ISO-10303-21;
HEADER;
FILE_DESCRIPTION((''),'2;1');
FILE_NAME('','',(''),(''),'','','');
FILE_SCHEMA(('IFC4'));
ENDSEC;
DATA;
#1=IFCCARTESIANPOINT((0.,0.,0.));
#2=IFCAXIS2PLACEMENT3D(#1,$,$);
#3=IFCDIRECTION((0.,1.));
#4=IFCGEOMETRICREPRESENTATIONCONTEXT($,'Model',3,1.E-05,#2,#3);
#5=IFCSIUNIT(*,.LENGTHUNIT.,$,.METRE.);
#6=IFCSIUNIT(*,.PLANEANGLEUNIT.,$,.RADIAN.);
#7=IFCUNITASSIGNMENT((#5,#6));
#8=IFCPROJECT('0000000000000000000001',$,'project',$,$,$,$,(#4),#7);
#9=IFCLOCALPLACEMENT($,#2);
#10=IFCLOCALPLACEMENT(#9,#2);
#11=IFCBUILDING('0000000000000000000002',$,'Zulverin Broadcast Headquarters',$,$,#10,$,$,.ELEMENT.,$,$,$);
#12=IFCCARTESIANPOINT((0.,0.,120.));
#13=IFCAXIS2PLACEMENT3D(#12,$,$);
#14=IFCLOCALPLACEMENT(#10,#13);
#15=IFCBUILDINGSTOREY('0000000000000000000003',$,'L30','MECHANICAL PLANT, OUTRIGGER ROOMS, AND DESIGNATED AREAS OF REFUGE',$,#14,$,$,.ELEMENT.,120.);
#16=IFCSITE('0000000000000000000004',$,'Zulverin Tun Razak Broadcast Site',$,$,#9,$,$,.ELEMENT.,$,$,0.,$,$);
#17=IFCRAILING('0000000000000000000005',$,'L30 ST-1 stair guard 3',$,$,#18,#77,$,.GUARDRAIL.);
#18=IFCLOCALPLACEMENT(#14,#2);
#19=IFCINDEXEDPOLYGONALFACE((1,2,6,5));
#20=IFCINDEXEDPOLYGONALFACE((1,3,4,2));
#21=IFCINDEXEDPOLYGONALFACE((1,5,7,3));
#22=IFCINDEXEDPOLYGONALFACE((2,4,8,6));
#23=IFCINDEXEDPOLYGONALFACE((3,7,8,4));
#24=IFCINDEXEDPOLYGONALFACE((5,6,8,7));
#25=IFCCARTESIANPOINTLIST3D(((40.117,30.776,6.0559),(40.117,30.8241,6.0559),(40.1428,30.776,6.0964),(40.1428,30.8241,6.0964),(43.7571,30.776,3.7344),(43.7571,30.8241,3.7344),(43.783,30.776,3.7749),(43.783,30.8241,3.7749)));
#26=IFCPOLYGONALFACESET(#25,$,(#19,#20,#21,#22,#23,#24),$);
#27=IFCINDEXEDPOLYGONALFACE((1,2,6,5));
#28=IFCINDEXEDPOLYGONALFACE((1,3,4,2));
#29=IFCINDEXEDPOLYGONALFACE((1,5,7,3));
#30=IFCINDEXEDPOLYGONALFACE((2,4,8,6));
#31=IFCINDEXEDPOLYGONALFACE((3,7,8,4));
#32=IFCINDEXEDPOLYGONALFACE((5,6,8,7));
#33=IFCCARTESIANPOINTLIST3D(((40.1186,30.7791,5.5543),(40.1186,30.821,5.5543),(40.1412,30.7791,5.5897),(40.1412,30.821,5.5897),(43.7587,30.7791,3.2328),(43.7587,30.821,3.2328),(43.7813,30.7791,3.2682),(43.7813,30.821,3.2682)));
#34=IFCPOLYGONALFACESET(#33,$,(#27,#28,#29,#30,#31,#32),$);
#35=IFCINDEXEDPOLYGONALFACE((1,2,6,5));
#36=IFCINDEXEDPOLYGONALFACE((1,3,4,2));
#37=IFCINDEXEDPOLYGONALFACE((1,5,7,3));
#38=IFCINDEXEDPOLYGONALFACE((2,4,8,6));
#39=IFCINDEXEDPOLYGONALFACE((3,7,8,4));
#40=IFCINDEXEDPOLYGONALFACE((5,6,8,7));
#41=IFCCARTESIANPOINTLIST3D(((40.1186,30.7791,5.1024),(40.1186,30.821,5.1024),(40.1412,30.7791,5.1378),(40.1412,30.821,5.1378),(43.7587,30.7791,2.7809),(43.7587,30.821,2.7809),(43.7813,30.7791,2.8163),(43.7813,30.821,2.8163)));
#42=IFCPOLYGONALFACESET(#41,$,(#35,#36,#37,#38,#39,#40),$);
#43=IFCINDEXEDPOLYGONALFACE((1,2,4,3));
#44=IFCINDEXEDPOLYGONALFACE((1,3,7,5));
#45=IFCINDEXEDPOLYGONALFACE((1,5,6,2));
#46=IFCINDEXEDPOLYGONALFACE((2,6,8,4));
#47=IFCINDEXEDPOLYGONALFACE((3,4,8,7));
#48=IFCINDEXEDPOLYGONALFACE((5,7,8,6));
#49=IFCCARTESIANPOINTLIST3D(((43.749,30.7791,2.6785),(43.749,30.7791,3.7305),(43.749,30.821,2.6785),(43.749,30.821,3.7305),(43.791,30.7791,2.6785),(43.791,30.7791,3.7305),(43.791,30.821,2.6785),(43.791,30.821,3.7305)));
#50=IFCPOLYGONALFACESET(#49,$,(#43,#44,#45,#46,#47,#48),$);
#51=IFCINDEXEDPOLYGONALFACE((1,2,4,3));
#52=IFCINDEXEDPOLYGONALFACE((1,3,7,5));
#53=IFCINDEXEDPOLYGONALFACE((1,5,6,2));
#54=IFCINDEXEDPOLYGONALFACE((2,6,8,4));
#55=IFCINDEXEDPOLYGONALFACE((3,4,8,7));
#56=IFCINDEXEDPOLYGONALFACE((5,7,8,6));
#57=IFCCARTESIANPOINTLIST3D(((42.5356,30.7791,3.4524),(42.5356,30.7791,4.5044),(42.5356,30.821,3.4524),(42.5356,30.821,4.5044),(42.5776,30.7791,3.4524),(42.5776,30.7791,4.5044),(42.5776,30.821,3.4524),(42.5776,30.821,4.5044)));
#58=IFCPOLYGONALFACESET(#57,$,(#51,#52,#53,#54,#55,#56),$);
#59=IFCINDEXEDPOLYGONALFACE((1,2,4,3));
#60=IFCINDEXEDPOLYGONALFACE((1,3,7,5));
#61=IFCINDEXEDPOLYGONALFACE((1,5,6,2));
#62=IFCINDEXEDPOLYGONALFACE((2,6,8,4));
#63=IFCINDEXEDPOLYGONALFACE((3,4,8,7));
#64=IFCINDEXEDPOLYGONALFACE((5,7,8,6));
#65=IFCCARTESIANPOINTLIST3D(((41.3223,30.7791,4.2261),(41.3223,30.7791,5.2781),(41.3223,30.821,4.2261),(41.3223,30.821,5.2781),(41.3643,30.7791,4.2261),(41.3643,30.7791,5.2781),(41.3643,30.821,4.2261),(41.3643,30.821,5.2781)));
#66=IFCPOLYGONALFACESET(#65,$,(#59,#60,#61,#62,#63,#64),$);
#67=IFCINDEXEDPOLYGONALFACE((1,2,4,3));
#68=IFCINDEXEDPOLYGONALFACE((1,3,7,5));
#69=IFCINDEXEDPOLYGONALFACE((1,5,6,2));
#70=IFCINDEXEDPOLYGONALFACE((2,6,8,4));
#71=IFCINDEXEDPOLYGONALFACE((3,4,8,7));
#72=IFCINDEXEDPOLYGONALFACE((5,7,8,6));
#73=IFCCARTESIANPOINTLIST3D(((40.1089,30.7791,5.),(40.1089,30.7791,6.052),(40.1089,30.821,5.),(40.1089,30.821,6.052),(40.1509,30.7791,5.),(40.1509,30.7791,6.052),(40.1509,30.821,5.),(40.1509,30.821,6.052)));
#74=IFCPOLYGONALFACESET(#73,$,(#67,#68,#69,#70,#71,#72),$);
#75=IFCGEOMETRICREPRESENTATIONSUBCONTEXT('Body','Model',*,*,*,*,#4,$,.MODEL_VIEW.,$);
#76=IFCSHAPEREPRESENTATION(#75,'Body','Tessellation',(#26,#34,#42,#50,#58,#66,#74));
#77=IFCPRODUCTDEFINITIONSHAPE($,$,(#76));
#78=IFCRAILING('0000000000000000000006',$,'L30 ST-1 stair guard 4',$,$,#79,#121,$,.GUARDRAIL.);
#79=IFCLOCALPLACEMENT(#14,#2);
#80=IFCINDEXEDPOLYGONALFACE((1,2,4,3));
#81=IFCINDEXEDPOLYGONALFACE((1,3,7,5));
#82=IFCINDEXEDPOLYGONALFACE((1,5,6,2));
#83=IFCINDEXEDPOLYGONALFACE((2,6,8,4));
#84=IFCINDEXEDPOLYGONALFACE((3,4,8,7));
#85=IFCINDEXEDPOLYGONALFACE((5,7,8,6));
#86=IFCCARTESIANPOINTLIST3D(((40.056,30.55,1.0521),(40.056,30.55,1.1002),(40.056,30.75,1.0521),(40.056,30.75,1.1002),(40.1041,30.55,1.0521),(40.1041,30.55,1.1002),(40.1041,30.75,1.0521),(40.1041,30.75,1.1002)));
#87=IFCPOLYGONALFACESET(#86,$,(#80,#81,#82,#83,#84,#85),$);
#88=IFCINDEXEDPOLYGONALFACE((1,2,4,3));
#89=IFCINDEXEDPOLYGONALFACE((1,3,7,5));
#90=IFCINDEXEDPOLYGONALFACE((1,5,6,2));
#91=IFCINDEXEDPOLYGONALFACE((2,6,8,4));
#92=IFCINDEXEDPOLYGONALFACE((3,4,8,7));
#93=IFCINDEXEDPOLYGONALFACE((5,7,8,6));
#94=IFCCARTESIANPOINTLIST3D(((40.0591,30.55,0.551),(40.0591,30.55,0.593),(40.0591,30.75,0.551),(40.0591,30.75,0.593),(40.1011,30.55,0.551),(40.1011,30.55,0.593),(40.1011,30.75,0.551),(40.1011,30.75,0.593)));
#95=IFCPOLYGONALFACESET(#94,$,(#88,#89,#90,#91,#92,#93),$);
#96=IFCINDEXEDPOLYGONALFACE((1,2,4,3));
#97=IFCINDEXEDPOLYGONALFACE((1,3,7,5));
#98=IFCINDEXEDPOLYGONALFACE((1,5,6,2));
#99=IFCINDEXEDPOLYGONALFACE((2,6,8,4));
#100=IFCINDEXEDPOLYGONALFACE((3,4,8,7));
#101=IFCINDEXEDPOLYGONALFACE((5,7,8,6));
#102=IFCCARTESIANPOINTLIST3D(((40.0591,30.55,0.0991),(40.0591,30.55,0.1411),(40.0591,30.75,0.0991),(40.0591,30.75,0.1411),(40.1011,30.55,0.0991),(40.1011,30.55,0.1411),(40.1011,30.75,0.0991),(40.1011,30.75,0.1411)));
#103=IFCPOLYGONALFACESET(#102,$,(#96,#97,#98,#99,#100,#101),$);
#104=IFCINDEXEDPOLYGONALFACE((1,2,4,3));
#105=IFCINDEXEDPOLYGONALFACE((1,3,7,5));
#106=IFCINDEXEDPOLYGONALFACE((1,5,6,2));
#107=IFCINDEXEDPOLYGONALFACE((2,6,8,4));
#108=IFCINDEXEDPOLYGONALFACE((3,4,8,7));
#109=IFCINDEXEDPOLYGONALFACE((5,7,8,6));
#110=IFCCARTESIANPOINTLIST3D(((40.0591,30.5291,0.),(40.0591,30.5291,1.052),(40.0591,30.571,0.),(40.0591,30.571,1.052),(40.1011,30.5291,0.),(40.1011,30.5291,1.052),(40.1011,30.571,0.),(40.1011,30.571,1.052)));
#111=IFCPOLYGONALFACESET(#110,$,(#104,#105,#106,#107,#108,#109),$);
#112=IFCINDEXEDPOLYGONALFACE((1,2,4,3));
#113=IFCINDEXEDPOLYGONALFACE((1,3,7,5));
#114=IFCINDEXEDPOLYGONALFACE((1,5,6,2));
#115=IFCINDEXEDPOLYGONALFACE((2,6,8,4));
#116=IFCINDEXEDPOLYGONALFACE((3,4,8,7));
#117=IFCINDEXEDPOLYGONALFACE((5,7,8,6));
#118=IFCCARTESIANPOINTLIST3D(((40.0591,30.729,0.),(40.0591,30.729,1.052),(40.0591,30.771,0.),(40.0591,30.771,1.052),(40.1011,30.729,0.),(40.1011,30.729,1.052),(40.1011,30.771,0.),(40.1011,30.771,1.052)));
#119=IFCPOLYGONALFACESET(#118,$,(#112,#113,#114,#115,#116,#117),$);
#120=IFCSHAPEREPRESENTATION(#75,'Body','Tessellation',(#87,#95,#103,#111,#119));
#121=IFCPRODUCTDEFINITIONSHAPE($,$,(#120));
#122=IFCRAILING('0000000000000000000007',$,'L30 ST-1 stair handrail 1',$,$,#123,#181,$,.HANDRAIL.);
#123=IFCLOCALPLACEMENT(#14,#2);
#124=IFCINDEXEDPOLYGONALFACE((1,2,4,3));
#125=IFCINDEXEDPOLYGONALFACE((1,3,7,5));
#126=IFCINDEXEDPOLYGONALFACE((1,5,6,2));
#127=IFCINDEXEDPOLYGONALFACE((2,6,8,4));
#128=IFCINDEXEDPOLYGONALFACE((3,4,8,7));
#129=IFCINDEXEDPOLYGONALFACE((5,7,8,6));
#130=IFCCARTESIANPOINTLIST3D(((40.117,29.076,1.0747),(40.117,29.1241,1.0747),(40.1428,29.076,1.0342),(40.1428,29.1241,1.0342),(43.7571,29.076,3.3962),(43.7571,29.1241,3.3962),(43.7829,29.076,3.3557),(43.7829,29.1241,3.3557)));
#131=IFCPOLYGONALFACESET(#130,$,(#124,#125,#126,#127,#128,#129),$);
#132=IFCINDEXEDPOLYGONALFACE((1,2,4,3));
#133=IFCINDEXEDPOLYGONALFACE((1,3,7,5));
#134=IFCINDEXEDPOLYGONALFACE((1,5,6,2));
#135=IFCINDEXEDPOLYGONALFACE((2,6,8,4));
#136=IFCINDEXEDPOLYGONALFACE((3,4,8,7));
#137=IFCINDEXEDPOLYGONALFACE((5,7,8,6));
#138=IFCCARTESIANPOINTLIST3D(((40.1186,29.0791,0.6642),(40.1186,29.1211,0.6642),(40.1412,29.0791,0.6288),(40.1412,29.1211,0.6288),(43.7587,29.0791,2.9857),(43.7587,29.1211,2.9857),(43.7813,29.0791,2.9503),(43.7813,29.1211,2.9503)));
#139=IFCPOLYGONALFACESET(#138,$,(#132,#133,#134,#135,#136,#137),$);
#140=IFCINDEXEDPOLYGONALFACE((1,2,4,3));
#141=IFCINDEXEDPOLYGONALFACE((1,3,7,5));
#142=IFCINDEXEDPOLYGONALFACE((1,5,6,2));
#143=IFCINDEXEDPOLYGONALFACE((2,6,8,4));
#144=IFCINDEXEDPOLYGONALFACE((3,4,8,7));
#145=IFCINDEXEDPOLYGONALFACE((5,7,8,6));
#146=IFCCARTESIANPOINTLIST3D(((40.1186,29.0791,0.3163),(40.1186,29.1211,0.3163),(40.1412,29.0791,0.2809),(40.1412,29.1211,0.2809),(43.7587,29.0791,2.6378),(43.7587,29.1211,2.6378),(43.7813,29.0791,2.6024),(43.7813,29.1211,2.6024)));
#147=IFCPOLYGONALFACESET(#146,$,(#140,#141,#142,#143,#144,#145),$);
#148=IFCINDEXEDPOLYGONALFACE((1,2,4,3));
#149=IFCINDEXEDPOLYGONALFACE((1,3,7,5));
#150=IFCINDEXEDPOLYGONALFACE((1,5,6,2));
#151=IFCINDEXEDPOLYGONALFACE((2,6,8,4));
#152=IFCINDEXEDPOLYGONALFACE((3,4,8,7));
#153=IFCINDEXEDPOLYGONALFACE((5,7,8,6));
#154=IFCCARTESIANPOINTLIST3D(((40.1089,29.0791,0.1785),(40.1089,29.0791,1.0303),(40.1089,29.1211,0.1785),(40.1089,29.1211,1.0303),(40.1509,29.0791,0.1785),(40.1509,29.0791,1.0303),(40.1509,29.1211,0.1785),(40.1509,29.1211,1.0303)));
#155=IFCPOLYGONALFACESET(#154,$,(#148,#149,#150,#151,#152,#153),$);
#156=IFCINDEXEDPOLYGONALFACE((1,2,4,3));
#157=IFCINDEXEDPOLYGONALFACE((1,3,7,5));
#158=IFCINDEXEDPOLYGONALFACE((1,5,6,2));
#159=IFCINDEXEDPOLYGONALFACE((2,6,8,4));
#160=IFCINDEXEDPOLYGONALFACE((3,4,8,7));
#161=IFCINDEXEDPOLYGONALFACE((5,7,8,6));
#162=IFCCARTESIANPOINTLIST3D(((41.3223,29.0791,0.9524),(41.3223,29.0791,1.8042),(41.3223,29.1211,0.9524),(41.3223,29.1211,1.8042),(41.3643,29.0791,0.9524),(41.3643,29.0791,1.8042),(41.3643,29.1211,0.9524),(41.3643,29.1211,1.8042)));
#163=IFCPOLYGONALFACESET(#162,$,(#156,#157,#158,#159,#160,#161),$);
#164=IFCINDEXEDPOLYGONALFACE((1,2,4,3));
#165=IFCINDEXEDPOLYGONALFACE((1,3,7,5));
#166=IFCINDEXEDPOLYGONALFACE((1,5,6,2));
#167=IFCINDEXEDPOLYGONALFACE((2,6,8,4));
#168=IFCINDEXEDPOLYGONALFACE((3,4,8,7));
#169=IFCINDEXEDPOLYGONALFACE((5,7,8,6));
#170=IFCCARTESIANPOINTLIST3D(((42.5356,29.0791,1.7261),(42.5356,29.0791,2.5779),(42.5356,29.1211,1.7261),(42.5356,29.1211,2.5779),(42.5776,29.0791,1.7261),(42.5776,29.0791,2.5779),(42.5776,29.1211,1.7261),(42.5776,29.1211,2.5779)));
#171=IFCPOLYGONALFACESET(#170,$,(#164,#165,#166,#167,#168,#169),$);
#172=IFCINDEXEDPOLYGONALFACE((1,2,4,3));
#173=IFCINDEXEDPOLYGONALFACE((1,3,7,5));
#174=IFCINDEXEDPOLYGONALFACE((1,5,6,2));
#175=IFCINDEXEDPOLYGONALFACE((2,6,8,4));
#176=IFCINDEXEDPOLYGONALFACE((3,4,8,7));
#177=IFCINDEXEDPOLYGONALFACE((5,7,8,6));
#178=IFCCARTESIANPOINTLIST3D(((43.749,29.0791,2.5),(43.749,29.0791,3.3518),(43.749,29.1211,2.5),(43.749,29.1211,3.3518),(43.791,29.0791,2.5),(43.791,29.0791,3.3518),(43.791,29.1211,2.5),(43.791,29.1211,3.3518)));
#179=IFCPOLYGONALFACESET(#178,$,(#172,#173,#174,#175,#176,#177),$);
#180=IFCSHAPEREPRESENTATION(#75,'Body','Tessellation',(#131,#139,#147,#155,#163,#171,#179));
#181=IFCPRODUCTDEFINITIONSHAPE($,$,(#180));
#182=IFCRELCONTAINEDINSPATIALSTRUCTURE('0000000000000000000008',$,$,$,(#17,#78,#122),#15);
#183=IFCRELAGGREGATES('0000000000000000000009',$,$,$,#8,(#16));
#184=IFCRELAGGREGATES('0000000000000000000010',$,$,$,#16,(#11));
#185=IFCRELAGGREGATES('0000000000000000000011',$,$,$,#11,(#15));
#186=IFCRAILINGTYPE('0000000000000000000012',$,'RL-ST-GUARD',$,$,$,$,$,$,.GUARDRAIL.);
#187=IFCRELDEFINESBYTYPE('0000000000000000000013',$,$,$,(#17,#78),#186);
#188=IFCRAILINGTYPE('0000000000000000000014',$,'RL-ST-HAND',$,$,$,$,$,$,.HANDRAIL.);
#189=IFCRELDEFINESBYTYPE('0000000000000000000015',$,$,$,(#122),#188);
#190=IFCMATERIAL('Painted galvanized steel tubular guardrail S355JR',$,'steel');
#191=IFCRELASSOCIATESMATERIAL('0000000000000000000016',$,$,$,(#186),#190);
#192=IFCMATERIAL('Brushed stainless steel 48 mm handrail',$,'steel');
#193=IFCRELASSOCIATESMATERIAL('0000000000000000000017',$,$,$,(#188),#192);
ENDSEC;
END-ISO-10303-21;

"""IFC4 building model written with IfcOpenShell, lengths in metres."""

from ifc_helpers import new_model, si_unit, direction, frame, origin, origin_2d, place, context, subcontext, project, spatial, rectangle, extrude, material, type_object, element, save


model = new_model("IFC4")

# Units and contexts
model_context = context("Model", 3, precision=1e-05, world=origin(), true_north=direction((0.0, 1.0)))
body_context = subcontext(model_context, "Body", "Model", "MODEL_VIEW")
ifc_project = project(units=[si_unit("LENGTHUNIT", "METRE"), si_unit("PLANEANGLEUNIT", "RADIAN")], contexts=[model_context])

# Site, building, storey
site_placement = place(None, origin())
site = spatial("IfcSite", under=ifc_project, at=site_placement, Name="Zulverin Tun Razak Broadcast Site", CompositionType="ELEMENT", RefElevation=0.0)
building_placement = place(site_placement, origin())
building = spatial("IfcBuilding", under=site, at=building_placement, Name="Zulverin Broadcast Headquarters", CompositionType="ELEMENT")
storey_placement = place(building_placement, frame((0.0, 0.0, 120.0)))
storey = spatial("IfcBuildingStorey", under=building, at=storey_placement, Name="L30", Description="MECHANICAL PLANT, OUTRIGGER ROOMS, AND DESIGNATED AREAS OF REFUGE", CompositionType="ELEMENT", Elevation=120.0)

# Railings
ifc_material_1 = material(Name="Painted galvanized steel tubular guardrail S355JR", Category="steel")
railing_type_1 = type_object("IfcRailingType", Name="RL-ST-GUARD", PredefinedType="GUARDRAIL", material=ifc_material_1)
railing_1_placement = place(storey_placement, frame((43.77, 30.8, 2.6785)))
element("IfcRailing", 1, at=railing_1_placement, inside=storey, type_object=railing_type_1, Name="L30 ST-1 stair guard 3", PredefinedType="GUARDRAIL", context=body_context, shape_type="SweptSolid", body=[
    extrude(rectangle(XDim=0.0481, YDim=0.0481, at=origin_2d()), frame((0.0, 0.0, 1.0762), z_axis=(-0.843128, 0.0, 0.537713), x_axis=(0.0, -1.0, 0.0)), (0.0, 0.0, 1.0), 4.3174),
    extrude(rectangle(XDim=0.042, YDim=0.042, at=origin_2d()), frame((0.0, 0.0, 0.572), z_axis=(-0.843128, 0.0, 0.537713), x_axis=(0.0, -1.0, 0.0)), (0.0, 0.0, 1.0), 4.3174),
    extrude(rectangle(XDim=0.042, YDim=0.042, at=origin_2d()), frame((0.0, 0.0, 0.1201), z_axis=(-0.843128, 0.0, 0.537713), x_axis=(0.0, -1.0, 0.0)), (0.0, 0.0, 1.0), 4.3174),
    extrude(rectangle(XDim=0.042, YDim=0.042, at=origin_2d()), origin(), (0.0, 0.0, 1.0), 1.052),
    extrude(rectangle(XDim=0.042, YDim=0.042, at=origin_2d()), frame((-1.2134, 0.0, 0.7739)), (0.0, 0.0, 1.0), 1.052),
    extrude(rectangle(XDim=0.042, YDim=0.042, at=origin_2d()), frame((-2.4268, 0.0, 1.5476)), (0.0, 0.0, 1.0), 1.052),
    extrude(rectangle(XDim=0.042, YDim=0.042, at=origin_2d()), frame((-3.6401, 0.0, 2.3215)), (0.0, 0.0, 1.0), 1.052),
])
railing_2_placement = place(storey_placement, frame((40.0801, 30.55, 0.0)))
element("IfcRailing", 2, at=railing_2_placement, inside=storey, type_object=railing_type_1, Name="L30 ST-1 stair guard 4", PredefinedType="GUARDRAIL", context=body_context, shape_type="SweptSolid", body=[
    extrude(rectangle(XDim=0.0481, YDim=0.0481, at=origin_2d()), frame((0.0, 0.0, 1.0762), z_axis=(0.0, 1.0, 0.0), x_axis=(-1.0, 0.0, 0.0)), (0.0, 0.0, 1.0), 0.2),
    extrude(rectangle(XDim=0.042, YDim=0.042, at=origin_2d()), frame((0.0, 0.0, 0.572), z_axis=(0.0, 1.0, 0.0), x_axis=(-1.0, 0.0, 0.0)), (0.0, 0.0, 1.0), 0.2),
    extrude(rectangle(XDim=0.042, YDim=0.042, at=origin_2d()), frame((0.0, 0.0, 0.1201), z_axis=(0.0, 1.0, 0.0), x_axis=(-1.0, 0.0, 0.0)), (0.0, 0.0, 1.0), 0.2),
    extrude(rectangle(XDim=0.042, YDim=0.042, at=origin_2d()), origin(), (0.0, 0.0, 1.0), 1.052),
    extrude(rectangle(XDim=0.042, YDim=0.042, at=origin_2d()), frame((0.0, 0.2, 0.0)), (0.0, 0.0, 1.0), 1.052),
])
ifc_material_2 = material(Name="Brushed stainless steel 48 mm handrail", Category="steel")
railing_type_2 = type_object("IfcRailingType", Name="RL-ST-HAND", PredefinedType="HANDRAIL", material=ifc_material_2)
railing_3_placement = place(storey_placement, frame((40.1299, 29.1001, 0.1785)))
element("IfcRailing", 3, at=railing_3_placement, inside=storey, type_object=railing_type_2, Name="L30 ST-1 stair handrail 1", PredefinedType="HANDRAIL", context=body_context, shape_type="SweptSolid", body=[
    extrude(rectangle(XDim=0.0481, YDim=0.0481, at=origin_2d()), frame((0.0, 0.0, 0.876), z_axis=(0.843128, 0.0, 0.537713), x_axis=(0.0, 1.0, 0.0)), (0.0, 0.0, 1.0), 4.3174),
    extrude(rectangle(XDim=0.042, YDim=0.042, at=origin_2d()), frame((0.0, 0.0, 0.468), z_axis=(0.843128, 0.0, 0.537713), x_axis=(0.0, 1.0, 0.0)), (0.0, 0.0, 1.0), 4.3174),
    extrude(rectangle(XDim=0.042, YDim=0.042, at=origin_2d()), frame((0.0, 0.0, 0.1201), z_axis=(0.843128, 0.0, 0.537713), x_axis=(0.0, 1.0, 0.0)), (0.0, 0.0, 1.0), 4.3174),
    extrude(rectangle(XDim=0.042, YDim=0.042, at=origin_2d()), origin(), (0.0, 0.0, 1.0), 0.8518),
    extrude(rectangle(XDim=0.042, YDim=0.042, at=origin_2d()), frame((1.2134, 0.0, 0.7739)), (0.0, 0.0, 1.0), 0.8518),
    extrude(rectangle(XDim=0.042, YDim=0.042, at=origin_2d()), frame((2.4268, 0.0, 1.5476)), (0.0, 0.0, 1.0), 0.8518),
    extrude(rectangle(XDim=0.042, YDim=0.042, at=origin_2d()), frame((3.6401, 0.0, 2.3215)), (0.0, 0.0, 1.0), 0.8518),
])

save(model, "model.ifc")
